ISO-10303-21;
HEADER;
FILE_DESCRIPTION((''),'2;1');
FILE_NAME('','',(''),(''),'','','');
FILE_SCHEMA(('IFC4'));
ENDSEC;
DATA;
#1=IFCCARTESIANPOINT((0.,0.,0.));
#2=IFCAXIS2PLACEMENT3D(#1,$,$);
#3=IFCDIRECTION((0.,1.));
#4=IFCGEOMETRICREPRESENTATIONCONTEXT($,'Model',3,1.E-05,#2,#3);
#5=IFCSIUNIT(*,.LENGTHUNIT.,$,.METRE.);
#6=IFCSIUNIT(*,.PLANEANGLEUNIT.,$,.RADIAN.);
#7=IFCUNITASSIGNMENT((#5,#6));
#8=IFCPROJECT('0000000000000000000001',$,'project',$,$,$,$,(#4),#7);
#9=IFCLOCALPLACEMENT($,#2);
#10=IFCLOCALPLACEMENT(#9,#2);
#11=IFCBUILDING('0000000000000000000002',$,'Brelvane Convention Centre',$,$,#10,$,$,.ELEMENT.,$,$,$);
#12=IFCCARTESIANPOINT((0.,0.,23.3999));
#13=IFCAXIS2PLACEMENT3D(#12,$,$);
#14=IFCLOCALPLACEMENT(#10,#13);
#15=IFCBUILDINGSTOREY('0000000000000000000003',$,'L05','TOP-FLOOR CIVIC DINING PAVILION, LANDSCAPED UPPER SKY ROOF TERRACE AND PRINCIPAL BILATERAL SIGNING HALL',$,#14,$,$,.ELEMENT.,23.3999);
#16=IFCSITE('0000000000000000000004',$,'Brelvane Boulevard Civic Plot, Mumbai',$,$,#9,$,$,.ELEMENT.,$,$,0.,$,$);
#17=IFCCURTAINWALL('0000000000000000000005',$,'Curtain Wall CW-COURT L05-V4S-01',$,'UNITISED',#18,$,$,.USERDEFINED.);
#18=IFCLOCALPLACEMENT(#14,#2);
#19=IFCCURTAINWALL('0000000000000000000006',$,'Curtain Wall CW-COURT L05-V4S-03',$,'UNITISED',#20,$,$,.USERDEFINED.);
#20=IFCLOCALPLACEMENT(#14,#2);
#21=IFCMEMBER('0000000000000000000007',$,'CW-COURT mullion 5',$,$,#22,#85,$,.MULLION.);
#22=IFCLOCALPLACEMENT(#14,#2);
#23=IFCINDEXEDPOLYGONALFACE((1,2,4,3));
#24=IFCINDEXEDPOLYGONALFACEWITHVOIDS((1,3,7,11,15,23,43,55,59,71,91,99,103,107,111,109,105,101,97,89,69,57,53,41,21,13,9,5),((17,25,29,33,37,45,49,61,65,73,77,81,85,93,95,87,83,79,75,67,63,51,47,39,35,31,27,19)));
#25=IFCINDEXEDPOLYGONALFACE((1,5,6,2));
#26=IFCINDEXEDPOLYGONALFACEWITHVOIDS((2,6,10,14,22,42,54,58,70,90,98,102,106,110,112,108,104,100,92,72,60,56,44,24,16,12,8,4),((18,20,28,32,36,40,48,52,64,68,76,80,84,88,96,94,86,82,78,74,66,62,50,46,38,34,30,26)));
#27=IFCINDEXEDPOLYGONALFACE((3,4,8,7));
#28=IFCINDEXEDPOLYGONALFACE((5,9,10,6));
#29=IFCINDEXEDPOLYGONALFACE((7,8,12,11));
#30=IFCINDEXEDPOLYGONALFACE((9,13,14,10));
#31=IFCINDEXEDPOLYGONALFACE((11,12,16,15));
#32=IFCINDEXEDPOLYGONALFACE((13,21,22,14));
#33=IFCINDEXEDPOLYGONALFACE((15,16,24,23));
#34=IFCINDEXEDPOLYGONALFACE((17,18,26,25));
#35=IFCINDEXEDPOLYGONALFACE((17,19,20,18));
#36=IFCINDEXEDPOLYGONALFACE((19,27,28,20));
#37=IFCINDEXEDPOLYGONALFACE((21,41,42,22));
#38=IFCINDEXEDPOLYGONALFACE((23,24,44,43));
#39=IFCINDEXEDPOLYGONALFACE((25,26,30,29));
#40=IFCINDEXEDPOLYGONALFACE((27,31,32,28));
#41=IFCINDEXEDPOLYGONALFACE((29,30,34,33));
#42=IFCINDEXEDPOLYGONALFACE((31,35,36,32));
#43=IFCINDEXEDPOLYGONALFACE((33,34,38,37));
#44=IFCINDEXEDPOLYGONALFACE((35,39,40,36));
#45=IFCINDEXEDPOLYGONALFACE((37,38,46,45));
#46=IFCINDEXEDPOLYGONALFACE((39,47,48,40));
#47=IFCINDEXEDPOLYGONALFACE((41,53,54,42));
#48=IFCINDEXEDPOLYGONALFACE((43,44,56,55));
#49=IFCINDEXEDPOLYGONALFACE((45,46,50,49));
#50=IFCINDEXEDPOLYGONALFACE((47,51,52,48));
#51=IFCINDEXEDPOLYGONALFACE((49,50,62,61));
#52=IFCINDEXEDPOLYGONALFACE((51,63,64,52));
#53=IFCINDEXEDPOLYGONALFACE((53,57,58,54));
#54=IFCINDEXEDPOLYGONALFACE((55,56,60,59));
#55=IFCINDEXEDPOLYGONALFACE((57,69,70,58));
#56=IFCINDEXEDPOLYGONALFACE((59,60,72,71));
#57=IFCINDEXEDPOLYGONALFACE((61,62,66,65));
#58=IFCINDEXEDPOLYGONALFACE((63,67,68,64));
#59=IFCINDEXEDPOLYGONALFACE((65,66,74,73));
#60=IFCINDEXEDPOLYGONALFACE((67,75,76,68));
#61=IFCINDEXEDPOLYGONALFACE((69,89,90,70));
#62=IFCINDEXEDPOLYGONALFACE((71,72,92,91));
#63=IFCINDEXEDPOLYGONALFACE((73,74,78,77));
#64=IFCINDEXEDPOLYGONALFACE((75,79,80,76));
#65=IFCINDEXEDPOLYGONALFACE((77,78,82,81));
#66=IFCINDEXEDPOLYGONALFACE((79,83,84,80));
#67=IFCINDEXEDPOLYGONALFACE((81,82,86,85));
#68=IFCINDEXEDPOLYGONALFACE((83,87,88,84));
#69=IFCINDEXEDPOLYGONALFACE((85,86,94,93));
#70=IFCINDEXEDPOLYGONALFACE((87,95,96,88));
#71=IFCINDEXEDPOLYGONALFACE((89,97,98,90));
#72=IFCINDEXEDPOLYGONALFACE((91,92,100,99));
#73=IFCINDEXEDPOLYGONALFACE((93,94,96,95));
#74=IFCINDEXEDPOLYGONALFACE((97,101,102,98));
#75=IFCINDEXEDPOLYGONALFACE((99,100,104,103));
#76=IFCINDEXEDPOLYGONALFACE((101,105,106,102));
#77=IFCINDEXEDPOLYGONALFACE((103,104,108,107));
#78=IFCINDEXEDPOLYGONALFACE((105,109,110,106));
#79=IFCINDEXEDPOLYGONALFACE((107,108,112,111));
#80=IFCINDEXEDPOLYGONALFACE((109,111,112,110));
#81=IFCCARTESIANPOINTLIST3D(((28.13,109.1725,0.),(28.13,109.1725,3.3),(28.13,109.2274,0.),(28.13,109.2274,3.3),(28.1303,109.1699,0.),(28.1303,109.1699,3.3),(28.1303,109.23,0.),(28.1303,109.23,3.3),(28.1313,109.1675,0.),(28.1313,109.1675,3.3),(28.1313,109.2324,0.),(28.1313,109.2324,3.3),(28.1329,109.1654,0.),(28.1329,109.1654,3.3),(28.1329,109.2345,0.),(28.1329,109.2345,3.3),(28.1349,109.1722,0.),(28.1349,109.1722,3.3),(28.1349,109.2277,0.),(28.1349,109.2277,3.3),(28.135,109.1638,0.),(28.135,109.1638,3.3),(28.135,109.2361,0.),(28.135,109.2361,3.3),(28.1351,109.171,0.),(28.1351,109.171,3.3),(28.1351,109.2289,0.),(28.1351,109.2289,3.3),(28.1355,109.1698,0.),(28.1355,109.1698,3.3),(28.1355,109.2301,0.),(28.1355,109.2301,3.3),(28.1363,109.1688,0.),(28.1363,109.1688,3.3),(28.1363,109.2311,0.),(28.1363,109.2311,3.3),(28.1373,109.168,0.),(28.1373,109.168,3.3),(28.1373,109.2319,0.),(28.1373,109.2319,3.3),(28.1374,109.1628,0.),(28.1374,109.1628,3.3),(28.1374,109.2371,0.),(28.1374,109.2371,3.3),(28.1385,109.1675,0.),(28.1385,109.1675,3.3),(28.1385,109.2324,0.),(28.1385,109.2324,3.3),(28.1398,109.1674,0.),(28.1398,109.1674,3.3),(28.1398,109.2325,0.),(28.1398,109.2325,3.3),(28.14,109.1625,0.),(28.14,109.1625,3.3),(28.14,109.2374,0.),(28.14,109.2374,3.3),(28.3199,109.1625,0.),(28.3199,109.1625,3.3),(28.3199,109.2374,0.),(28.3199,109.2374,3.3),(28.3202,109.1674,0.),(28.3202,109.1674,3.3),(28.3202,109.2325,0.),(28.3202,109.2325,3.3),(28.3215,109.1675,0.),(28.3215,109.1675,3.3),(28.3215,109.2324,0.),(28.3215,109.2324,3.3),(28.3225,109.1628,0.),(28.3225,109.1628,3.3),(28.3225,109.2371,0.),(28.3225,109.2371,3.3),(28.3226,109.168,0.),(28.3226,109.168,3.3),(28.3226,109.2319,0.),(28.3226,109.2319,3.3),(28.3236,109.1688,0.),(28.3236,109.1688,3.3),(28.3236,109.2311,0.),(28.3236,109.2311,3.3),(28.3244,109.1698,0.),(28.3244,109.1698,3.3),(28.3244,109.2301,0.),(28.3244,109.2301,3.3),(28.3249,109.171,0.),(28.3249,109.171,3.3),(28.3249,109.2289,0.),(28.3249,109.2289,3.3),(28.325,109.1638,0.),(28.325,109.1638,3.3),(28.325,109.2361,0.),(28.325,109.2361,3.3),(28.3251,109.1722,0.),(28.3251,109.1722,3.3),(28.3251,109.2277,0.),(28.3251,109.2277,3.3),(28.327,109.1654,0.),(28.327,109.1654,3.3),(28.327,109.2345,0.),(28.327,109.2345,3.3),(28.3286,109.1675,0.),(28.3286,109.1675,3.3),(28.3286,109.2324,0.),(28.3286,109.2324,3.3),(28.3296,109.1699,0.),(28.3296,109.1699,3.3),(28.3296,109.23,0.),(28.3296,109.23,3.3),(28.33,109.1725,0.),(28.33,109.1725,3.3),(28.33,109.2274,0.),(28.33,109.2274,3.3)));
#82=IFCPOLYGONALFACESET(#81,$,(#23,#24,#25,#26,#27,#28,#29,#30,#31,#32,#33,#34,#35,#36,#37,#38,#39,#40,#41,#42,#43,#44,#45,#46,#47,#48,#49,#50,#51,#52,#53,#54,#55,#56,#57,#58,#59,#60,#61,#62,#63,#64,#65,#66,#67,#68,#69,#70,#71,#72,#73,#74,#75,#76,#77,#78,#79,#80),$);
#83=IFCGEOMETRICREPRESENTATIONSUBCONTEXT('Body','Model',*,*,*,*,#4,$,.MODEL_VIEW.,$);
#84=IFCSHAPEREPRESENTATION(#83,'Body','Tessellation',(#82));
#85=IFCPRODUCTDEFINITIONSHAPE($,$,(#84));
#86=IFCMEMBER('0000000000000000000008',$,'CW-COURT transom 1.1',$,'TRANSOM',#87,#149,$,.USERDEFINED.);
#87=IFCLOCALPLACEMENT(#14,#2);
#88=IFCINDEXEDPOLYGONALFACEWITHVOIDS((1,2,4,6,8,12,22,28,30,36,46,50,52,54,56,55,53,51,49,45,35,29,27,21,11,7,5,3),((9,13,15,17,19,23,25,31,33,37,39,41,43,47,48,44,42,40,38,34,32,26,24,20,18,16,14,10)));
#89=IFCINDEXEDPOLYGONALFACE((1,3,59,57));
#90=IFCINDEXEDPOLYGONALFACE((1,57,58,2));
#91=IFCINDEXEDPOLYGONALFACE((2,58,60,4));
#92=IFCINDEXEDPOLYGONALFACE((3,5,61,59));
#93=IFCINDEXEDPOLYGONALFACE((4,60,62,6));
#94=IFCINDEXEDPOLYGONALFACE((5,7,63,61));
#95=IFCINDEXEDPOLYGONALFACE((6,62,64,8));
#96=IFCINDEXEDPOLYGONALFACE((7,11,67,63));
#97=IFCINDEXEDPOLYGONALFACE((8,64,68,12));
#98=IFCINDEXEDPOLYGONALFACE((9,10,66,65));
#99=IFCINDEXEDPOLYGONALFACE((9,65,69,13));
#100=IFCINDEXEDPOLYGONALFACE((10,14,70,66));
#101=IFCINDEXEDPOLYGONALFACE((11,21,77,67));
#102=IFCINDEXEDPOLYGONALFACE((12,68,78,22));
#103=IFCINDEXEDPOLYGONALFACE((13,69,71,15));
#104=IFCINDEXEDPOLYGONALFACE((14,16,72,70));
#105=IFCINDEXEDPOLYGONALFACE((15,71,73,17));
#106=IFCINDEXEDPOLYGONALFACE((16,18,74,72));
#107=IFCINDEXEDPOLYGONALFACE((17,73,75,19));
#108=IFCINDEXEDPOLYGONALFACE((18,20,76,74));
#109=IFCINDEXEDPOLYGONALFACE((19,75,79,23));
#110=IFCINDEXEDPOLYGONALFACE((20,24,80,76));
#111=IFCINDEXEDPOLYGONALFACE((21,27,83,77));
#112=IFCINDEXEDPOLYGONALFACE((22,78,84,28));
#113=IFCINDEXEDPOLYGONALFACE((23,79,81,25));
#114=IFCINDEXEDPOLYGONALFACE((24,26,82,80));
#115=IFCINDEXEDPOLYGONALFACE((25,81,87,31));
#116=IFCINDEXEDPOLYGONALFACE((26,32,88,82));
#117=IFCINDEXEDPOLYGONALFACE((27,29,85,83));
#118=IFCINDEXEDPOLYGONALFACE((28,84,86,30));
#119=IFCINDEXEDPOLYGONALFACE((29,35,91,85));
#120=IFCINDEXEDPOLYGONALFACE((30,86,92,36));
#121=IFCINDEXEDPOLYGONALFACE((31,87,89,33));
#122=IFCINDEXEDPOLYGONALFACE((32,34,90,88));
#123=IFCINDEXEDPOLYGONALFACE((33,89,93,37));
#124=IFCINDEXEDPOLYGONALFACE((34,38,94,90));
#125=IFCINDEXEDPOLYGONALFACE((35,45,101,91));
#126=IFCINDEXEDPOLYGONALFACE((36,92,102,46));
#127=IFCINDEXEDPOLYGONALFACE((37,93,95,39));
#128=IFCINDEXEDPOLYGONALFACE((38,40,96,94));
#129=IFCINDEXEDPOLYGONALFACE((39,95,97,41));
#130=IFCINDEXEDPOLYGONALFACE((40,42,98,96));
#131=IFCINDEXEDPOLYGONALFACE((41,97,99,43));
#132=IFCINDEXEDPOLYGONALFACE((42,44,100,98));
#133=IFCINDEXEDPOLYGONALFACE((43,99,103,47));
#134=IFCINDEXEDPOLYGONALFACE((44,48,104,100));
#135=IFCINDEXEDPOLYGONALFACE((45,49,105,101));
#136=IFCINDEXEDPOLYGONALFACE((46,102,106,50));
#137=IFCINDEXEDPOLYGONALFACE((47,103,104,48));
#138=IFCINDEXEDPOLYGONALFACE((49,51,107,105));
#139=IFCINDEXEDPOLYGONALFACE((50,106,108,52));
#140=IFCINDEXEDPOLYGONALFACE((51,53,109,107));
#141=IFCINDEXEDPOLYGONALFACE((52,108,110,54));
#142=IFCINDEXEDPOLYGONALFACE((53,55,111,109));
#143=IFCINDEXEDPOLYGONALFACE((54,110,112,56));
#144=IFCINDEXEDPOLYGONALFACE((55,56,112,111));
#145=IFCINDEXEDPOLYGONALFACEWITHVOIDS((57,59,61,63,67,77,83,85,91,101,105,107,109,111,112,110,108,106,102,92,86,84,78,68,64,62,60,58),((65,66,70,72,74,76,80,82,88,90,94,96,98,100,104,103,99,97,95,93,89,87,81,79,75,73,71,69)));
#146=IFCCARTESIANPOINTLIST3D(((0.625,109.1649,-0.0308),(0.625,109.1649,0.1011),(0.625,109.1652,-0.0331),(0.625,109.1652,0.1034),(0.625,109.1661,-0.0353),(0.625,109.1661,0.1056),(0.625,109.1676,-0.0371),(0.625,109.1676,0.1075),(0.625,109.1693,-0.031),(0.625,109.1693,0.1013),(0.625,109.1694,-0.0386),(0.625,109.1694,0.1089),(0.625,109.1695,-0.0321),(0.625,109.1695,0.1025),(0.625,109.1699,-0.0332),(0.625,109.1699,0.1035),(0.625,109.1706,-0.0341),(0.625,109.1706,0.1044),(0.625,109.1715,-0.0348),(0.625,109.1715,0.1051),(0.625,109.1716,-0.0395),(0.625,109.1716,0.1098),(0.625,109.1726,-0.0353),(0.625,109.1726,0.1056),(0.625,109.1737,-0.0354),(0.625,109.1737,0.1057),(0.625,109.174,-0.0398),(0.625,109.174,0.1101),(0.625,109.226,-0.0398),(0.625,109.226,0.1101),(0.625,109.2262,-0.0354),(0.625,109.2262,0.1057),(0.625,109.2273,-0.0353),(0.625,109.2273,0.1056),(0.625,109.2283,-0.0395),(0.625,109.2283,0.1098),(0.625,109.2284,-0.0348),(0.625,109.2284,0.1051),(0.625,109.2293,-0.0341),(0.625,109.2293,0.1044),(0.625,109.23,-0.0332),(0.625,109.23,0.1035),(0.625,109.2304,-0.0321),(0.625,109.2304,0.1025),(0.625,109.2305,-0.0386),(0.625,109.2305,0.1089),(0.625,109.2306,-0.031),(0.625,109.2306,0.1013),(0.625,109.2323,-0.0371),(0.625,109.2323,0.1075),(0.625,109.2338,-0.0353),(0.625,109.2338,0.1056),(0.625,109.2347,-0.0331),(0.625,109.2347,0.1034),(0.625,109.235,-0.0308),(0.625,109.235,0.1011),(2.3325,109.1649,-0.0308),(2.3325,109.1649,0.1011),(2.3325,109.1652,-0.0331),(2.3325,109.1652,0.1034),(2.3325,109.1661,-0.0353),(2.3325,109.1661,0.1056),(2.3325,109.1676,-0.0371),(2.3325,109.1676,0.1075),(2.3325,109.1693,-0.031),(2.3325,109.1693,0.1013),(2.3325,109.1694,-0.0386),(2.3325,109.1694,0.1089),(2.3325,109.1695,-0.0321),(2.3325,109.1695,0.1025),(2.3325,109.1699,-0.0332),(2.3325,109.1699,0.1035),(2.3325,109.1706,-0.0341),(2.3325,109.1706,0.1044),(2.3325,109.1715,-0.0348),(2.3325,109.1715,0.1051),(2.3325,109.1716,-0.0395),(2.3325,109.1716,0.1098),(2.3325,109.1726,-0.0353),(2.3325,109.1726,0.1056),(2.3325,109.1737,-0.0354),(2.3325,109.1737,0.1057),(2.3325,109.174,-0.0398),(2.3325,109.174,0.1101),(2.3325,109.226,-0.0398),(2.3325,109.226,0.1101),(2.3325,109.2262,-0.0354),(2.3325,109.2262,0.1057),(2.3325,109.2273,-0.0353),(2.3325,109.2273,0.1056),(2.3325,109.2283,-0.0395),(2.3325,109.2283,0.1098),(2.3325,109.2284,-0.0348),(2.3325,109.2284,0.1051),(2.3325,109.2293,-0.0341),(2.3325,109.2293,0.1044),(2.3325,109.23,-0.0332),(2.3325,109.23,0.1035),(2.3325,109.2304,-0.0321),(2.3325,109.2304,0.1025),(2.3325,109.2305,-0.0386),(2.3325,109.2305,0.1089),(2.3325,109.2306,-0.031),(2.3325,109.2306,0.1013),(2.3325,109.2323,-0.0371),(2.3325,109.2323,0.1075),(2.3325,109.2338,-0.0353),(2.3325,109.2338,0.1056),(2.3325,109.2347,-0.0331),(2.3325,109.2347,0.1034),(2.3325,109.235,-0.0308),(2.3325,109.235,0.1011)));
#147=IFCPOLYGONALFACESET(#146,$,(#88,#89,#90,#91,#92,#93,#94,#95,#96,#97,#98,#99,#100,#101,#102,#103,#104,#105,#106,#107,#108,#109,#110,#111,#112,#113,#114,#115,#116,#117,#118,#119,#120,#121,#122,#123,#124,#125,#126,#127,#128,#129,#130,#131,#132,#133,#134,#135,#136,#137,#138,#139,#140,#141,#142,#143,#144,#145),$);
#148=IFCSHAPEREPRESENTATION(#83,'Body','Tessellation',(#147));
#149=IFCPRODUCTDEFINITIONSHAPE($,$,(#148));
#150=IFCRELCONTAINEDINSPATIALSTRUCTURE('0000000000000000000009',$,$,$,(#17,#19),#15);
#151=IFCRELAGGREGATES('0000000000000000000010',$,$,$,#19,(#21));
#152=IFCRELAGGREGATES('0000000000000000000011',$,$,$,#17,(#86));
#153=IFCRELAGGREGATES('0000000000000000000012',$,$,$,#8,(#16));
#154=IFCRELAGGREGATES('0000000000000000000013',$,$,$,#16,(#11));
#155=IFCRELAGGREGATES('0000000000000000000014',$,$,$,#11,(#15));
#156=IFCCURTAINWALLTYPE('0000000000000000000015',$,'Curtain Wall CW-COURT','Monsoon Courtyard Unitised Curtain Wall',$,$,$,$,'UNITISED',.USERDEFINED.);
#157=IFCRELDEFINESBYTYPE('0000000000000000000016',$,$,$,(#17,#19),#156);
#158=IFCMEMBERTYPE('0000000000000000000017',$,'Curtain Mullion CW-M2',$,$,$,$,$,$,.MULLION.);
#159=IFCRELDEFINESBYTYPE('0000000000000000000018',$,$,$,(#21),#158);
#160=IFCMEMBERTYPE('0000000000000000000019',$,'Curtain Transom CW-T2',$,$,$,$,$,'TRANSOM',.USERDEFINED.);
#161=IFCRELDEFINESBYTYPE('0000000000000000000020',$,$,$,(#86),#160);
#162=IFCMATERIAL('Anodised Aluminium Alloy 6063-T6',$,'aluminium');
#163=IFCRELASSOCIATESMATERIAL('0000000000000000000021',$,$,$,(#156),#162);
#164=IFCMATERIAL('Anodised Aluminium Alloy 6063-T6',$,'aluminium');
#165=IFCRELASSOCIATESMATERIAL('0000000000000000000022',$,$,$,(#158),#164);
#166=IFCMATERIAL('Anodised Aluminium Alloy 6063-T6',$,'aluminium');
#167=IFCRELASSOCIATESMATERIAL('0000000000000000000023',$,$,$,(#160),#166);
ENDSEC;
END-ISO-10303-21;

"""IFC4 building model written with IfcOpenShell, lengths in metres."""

from ifc_helpers import new_model, si_unit, direction, frame, origin, origin_2d, place, context, subcontext, project, spatial, hollow_rectangle, extrude, material, material_profile, profile_set, type_object, element, aggregate, save


model = new_model("IFC4")

# Units and contexts
model_context = context("Model", 3, precision=1e-05, world=origin(), true_north=direction((0.0, 1.0)))
body_context = subcontext(model_context, "Body", "Model", "MODEL_VIEW")
ifc_project = project(units=[si_unit("LENGTHUNIT", "METRE"), si_unit("PLANEANGLEUNIT", "RADIAN")], contexts=[model_context])

# Site, building, storey
site_placement = place(None, origin())
site = spatial("IfcSite", under=ifc_project, at=site_placement, Name="Brelvane Boulevard Civic Plot, Mumbai", CompositionType="ELEMENT", RefElevation=0.0)
building_placement = place(site_placement, origin())
building = spatial("IfcBuilding", under=site, at=building_placement, Name="Brelvane Convention Centre", CompositionType="ELEMENT")
storey_placement = place(building_placement, frame((0.0, 0.0, 23.3999)))
storey = spatial("IfcBuildingStorey", under=building, at=storey_placement, Name="L05", Description="TOP-FLOOR CIVIC DINING PAVILION, LANDSCAPED UPPER SKY ROOF TERRACE AND PRINCIPAL BILATERAL SIGNING HALL", CompositionType="ELEMENT", Elevation=23.3999)

# Curtain walls, member
ifc_material_1 = material(Name="Anodised Aluminium Alloy 6063-T6", Category="aluminium")
curtain_wall_type = type_object("IfcCurtainWallType", Name="Curtain Wall CW-COURT", Description="Monsoon Courtyard Unitised Curtain Wall", ElementType="UNITISED", PredefinedType="USERDEFINED", material=ifc_material_1)
curtain_wall_1_placement = place(storey_placement, origin())
curtain_wall_1 = element("IfcCurtainWall", 1, at=curtain_wall_1_placement, inside=storey, type_object=curtain_wall_type, Name="Curtain Wall CW-COURT L05-V4S-01", ObjectType="UNITISED", PredefinedType="USERDEFINED")
ifc_material_2 = material(Name="Anodised Aluminium Alloy 6063-T6", Category="aluminium")
ifc_material_profile_1 = material_profile(ifc_material_2, hollow_rectangle(XDim=0.075, YDim=0.2, WallThickness=0.0049, InnerFilletRadius=0.0049, OuterFilletRadius=0.01, at=origin_2d()), Name="ALU-M 200x75x5.0")
ifc_profile_set_1 = profile_set([ifc_material_profile_1], Name="Anodised Aluminium Alloy 6063-T6")
member_type_1 = type_object("IfcMemberType", Name="Curtain Mullion CW-M2", PredefinedType="MULLION", material=ifc_profile_set_1)
curtain_wall_2_placement = place(storey_placement, origin())
curtain_wall_2 = element("IfcCurtainWall", 2, at=curtain_wall_2_placement, inside=storey, type_object=curtain_wall_type, Name="Curtain Wall CW-COURT L05-V4S-03", ObjectType="UNITISED", PredefinedType="USERDEFINED")
member_1_placement = place(storey_placement, frame((28.23, 109.2, 0.0), z_axis=(0.0, 0.0, 1.0), x_axis=(0.0, 1.0, 0.0)))
member_1 = element("IfcMember", 3, at=member_1_placement, type_object=member_type_1, Name="CW-COURT mullion 5", PredefinedType="MULLION", context=body_context, shape_type="SweptSolid", body=[
    extrude(hollow_rectangle(XDim=0.075, YDim=0.2, WallThickness=0.0049, InnerFilletRadius=0.0049, OuterFilletRadius=0.01, at=origin_2d()), origin(), (0.0, 0.0, 1.0), 3.3),
])
aggregate(curtain_wall_2, [member_1])

# Member
ifc_material_3 = material(Name="Anodised Aluminium Alloy 6063-T6", Category="aluminium")
ifc_material_profile_2 = material_profile(ifc_material_3, hollow_rectangle(XDim=0.0701, YDim=0.1499, WallThickness=0.0044, InnerFilletRadius=0.0044, OuterFilletRadius=0.009, at=origin_2d()), Name="ALU-T 150x70x4.5")
ifc_profile_set_2 = profile_set([ifc_material_profile_2], Name="Anodised Aluminium Alloy 6063-T6")
member_type_2 = type_object("IfcMemberType", Name="Curtain Transom CW-T2", ElementType="TRANSOM", PredefinedType="USERDEFINED", material=ifc_profile_set_2)
member_2_placement = place(storey_placement, frame((0.625, 109.2, 0.0352), z_axis=(1.0, 0.0, 0.0), x_axis=(0.0, 1.0, 0.0)))
member_2 = element("IfcMember", 4, at=member_2_placement, type_object=member_type_2, Name="CW-COURT transom 1.1", ObjectType="TRANSOM", PredefinedType="USERDEFINED", context=body_context, shape_type="SweptSolid", body=[
    extrude(hollow_rectangle(XDim=0.0701, YDim=0.1499, WallThickness=0.0044, InnerFilletRadius=0.0044, OuterFilletRadius=0.009, at=origin_2d()), origin(), (0.0, 0.0, 1.0), 1.7075),
])

aggregate(curtain_wall_1, [member_2])

save(model, "model.ifc")
